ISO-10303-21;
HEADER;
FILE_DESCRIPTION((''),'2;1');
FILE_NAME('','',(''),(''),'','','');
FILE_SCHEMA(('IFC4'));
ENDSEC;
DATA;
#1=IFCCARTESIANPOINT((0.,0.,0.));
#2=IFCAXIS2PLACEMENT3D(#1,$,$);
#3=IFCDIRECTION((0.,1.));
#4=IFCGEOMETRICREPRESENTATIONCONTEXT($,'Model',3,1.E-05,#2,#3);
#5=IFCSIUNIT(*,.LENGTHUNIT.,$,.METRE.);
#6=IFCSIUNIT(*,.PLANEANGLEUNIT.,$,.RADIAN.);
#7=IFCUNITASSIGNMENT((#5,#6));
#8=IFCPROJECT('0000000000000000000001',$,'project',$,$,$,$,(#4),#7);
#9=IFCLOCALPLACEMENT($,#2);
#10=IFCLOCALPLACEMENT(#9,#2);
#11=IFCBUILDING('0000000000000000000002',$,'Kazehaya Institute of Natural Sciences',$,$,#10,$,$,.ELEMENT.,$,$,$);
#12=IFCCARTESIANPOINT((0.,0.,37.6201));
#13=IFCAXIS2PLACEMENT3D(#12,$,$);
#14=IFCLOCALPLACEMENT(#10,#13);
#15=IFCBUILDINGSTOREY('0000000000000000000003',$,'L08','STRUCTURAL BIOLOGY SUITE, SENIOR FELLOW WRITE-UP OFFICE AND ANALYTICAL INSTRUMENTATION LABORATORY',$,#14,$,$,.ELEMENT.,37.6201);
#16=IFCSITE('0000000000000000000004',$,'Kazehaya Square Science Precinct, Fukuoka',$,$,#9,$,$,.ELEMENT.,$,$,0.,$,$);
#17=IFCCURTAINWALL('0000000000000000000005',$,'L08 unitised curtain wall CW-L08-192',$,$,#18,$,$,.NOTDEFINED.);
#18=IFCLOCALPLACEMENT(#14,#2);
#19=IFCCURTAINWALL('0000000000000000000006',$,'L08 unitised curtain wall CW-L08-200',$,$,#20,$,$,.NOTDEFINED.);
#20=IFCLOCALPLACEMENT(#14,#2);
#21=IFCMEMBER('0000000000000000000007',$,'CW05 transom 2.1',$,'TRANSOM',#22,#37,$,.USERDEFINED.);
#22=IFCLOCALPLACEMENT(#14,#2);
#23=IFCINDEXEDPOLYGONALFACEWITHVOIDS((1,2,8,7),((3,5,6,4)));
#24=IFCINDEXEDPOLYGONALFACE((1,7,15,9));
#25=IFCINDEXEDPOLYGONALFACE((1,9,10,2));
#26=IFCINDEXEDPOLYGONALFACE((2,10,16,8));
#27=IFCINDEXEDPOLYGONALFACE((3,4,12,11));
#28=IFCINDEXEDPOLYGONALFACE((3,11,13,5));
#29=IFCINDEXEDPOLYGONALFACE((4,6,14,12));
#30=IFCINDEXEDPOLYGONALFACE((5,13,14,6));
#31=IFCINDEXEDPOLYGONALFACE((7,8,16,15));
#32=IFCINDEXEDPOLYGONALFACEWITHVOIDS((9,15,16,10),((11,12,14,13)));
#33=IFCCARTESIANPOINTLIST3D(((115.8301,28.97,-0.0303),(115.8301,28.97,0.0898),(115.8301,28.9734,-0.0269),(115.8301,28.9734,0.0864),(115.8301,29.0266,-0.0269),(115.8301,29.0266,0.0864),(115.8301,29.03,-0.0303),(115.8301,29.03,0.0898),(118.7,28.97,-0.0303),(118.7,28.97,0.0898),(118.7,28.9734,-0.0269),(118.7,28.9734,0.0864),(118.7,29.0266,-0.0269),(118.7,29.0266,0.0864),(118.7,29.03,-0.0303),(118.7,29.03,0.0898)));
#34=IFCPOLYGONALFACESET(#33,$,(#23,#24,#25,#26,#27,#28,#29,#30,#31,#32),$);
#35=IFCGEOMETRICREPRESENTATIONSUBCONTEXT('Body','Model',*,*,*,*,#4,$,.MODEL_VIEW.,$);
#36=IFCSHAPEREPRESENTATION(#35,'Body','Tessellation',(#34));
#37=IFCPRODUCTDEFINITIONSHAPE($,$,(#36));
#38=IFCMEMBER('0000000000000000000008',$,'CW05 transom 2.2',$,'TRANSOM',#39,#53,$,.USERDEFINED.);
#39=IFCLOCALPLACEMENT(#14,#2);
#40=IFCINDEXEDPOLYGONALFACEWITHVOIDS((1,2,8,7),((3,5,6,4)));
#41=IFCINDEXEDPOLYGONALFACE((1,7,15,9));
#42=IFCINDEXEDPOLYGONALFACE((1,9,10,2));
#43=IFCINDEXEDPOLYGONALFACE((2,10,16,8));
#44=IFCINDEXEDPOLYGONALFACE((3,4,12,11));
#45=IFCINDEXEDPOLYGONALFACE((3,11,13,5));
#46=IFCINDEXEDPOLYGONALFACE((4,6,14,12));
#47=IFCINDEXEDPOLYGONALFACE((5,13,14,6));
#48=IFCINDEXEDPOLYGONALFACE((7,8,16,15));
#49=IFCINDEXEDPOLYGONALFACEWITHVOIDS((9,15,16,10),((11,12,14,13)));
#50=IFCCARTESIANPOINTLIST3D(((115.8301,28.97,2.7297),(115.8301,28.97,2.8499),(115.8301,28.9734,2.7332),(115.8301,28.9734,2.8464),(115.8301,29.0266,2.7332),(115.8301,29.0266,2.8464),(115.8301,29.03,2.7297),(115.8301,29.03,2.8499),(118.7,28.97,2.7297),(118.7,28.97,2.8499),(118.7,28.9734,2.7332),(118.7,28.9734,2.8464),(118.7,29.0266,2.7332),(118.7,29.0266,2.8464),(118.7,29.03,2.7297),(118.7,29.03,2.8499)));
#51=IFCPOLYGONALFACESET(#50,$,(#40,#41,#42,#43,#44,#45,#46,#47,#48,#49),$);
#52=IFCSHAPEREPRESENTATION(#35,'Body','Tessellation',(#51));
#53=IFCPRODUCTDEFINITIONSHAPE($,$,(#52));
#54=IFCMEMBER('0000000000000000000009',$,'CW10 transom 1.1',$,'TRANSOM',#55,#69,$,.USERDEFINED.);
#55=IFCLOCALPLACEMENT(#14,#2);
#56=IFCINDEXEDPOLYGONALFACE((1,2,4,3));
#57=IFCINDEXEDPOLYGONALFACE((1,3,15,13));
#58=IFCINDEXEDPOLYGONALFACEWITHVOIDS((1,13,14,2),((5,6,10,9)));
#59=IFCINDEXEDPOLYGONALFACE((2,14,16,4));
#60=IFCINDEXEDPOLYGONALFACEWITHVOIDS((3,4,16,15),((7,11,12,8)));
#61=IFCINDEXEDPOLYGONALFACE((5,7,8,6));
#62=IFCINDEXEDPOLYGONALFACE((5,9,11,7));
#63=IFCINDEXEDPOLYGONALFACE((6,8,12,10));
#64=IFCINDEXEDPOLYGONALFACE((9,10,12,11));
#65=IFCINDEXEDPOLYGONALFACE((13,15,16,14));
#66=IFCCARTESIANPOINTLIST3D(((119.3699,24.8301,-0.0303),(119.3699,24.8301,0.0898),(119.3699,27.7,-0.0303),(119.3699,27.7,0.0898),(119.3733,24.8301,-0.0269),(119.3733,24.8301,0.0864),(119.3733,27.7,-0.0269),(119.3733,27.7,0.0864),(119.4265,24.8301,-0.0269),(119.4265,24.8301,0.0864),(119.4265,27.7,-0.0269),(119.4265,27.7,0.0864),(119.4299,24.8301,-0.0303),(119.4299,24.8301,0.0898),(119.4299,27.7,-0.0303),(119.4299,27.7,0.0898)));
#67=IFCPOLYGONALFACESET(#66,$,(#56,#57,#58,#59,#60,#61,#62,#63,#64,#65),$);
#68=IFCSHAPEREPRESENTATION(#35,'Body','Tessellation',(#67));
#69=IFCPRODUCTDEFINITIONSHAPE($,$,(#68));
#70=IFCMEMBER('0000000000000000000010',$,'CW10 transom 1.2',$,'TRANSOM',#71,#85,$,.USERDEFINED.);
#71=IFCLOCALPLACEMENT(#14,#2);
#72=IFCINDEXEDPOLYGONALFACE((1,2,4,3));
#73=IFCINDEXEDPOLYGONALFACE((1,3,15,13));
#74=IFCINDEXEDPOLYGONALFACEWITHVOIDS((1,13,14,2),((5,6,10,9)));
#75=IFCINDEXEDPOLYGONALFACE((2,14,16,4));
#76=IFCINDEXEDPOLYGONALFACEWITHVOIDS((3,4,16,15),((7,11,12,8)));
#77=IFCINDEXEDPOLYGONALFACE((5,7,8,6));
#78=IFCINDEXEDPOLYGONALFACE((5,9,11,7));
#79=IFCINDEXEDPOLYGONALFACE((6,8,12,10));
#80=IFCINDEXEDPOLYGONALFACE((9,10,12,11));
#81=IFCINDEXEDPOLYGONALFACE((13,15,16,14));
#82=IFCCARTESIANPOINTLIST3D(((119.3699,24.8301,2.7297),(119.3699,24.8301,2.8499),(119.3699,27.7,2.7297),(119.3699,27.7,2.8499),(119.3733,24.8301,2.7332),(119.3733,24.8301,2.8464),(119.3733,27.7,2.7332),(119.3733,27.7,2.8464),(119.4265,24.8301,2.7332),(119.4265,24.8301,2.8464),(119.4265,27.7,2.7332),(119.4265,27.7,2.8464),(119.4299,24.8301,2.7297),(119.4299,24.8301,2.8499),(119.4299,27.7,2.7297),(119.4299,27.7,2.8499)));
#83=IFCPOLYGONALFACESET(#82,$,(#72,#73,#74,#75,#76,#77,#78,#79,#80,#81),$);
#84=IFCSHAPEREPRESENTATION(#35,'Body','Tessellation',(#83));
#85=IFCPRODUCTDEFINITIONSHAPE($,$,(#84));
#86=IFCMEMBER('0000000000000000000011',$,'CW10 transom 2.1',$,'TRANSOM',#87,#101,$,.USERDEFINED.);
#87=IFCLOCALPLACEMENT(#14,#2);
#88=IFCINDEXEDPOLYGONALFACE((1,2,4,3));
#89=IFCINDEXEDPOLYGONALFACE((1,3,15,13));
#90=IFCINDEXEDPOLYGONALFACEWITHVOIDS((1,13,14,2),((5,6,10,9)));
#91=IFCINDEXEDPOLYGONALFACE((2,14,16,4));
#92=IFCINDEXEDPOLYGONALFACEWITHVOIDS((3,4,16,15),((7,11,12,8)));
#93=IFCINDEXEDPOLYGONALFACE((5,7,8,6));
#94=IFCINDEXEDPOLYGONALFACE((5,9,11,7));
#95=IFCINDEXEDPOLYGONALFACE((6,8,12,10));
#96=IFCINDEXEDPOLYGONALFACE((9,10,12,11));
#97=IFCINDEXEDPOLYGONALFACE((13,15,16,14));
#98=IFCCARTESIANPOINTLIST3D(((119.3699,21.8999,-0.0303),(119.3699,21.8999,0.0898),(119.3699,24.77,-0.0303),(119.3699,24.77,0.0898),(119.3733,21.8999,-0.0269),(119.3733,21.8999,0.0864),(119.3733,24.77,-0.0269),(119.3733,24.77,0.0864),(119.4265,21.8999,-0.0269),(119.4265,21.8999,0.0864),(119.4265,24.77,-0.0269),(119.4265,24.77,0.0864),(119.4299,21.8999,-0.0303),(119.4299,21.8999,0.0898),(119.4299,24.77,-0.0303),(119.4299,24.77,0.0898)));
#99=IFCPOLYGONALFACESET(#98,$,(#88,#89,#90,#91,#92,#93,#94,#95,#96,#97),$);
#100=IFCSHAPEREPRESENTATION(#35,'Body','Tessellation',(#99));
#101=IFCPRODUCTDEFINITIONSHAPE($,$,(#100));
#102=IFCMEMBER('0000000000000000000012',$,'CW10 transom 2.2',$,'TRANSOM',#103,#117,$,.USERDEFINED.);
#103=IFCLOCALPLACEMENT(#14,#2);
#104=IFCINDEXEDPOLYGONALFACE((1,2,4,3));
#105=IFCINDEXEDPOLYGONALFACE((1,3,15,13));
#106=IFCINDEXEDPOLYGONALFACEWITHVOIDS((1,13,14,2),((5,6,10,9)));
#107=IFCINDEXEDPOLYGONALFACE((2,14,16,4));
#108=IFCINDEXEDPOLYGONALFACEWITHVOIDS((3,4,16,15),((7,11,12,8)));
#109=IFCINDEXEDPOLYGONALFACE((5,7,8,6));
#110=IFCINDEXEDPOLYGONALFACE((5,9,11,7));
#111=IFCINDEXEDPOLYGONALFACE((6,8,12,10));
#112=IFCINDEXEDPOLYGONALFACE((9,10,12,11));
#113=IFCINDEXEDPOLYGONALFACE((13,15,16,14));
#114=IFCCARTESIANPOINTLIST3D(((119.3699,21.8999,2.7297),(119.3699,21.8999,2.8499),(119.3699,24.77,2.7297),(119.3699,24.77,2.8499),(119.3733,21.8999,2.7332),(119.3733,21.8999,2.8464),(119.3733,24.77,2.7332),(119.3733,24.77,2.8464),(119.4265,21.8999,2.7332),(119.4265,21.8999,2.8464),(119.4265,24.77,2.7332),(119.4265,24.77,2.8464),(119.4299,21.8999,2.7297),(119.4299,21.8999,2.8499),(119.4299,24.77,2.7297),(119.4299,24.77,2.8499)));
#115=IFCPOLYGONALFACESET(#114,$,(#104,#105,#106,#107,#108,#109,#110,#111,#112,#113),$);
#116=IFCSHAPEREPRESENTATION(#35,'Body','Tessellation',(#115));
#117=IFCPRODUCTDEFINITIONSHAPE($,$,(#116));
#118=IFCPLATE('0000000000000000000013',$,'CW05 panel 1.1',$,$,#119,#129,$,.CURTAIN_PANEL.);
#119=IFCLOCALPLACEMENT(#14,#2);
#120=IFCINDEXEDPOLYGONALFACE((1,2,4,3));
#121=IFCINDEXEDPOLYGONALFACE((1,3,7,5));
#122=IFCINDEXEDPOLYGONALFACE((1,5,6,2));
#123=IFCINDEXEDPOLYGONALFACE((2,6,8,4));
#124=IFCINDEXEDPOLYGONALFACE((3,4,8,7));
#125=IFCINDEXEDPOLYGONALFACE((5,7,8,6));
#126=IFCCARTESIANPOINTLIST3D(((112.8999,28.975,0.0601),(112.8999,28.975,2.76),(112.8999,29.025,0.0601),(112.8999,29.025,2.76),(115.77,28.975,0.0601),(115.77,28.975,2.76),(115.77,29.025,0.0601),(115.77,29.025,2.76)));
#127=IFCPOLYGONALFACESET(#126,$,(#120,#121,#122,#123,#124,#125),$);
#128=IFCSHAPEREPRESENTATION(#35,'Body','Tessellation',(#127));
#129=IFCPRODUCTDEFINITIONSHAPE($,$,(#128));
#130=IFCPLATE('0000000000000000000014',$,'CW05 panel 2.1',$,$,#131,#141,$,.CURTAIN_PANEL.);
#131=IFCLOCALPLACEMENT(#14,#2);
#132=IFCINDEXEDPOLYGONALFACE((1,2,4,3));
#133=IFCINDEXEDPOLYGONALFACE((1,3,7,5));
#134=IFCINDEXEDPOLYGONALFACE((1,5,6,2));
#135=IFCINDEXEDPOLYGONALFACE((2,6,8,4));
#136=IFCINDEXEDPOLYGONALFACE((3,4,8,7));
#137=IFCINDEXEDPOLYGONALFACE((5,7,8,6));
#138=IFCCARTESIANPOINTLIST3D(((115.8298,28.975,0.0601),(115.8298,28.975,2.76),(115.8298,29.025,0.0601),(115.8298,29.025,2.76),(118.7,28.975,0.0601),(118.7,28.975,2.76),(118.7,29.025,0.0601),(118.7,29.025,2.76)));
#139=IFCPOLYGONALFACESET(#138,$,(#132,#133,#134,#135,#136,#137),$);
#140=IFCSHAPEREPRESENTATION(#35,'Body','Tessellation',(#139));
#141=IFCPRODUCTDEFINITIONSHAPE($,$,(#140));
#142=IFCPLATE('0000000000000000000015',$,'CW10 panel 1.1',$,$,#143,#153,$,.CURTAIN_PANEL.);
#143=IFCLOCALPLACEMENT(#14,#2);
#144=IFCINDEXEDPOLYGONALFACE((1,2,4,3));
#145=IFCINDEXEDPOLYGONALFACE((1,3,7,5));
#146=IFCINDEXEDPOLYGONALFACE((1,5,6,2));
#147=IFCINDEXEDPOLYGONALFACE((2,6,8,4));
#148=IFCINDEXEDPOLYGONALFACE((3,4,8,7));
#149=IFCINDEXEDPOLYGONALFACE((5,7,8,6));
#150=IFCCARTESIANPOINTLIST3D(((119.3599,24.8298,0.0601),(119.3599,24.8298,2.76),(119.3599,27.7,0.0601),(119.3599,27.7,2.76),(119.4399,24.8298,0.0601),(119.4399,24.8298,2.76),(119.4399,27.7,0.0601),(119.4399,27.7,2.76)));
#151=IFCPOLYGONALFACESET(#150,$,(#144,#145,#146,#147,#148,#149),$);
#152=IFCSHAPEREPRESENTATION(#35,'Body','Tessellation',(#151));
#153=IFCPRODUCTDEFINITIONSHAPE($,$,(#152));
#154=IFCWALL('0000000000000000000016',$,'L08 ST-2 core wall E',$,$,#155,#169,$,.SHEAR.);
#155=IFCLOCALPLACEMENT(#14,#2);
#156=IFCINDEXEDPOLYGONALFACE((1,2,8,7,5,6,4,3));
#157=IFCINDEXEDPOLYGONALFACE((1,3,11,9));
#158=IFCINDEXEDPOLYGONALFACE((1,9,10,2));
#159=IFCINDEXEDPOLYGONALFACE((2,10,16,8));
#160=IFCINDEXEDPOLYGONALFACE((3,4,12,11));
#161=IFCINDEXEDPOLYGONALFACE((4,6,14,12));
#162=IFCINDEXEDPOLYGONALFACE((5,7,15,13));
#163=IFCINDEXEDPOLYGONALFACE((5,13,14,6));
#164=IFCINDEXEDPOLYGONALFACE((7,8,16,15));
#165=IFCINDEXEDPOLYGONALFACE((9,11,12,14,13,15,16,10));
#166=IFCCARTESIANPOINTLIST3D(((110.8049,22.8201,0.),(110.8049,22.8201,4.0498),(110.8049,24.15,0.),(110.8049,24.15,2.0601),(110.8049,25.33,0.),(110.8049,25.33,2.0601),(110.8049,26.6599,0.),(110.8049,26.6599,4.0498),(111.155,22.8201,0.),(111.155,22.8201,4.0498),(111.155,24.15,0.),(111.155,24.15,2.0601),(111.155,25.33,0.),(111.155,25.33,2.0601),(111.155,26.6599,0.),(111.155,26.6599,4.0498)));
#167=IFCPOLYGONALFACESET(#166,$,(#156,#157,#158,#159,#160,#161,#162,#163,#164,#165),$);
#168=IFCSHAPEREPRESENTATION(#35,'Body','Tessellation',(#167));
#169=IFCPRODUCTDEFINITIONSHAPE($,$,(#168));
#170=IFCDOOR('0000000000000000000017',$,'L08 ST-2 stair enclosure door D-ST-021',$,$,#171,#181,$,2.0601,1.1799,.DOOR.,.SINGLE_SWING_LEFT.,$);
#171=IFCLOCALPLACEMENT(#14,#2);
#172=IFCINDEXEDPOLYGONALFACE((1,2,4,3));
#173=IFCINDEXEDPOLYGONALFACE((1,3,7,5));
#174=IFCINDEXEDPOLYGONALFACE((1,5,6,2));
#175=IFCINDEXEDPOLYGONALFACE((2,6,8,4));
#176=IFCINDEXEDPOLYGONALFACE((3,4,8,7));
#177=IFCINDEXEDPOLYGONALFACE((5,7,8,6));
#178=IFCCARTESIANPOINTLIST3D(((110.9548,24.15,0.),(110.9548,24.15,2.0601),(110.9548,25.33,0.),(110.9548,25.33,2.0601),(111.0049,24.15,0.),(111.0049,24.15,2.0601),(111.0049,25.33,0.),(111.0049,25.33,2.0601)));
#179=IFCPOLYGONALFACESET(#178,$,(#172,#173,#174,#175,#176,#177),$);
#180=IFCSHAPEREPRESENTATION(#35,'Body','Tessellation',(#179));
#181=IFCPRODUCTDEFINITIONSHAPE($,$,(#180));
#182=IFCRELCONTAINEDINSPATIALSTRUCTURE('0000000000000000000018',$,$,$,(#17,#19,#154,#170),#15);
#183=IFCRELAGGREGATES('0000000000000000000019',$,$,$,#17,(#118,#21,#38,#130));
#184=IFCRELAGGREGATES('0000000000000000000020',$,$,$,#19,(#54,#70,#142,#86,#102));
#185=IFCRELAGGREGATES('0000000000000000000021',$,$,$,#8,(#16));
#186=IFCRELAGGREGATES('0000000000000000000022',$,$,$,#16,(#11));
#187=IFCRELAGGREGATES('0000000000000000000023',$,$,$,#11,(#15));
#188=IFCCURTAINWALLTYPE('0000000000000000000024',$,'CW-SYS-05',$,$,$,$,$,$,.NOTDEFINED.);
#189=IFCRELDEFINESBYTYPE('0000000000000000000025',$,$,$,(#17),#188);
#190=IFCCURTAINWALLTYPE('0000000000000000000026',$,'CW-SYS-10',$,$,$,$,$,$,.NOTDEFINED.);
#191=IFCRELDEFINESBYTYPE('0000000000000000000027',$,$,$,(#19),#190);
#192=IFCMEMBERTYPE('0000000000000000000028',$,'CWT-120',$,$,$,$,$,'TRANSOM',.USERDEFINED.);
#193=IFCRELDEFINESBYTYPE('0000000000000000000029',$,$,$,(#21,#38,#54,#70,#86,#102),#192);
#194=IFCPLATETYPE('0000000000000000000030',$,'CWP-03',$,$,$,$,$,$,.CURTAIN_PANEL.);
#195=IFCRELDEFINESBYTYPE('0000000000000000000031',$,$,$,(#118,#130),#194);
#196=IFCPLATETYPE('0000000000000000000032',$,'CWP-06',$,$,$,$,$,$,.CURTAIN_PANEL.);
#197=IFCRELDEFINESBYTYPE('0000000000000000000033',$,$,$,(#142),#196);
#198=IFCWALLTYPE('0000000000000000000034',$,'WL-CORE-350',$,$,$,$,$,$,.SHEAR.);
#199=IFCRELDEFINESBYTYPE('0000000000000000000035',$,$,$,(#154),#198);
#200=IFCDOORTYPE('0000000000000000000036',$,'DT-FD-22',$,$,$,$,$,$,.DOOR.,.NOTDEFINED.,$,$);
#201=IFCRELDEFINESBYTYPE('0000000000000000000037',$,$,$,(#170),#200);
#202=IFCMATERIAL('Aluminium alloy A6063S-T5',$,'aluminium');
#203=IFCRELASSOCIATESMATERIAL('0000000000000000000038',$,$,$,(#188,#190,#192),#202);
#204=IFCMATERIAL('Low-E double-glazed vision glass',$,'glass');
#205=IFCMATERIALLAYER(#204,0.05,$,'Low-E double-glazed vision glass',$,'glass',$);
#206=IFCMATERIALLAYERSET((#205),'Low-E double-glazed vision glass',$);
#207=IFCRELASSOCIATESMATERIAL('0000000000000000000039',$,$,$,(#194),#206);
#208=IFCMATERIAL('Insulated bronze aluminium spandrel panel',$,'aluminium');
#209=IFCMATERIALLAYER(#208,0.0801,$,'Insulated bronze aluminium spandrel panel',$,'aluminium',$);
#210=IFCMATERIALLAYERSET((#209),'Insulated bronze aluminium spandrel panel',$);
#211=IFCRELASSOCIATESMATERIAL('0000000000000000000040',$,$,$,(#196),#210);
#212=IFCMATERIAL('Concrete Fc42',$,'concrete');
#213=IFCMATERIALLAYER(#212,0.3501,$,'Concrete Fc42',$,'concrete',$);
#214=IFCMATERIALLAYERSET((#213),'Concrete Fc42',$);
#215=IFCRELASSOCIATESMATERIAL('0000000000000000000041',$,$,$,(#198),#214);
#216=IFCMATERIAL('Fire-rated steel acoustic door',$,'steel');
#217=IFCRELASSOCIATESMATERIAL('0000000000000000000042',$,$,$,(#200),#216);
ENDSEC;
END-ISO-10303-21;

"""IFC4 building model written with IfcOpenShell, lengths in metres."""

from ifc_helpers import new_model, si_unit, direction, frame, frame_2d, origin, origin_2d, place, context, subcontext, project, spatial, rectangle, hollow_rectangle, extrude, material, layer, layer_set, material_profile, profile_set, type_object, element, fill, aggregate, save


model = new_model("IFC4")

# Units and contexts
model_context = context("Model", 3, precision=1e-05, world=origin(), true_north=direction((0.0, 1.0)))
body_context = subcontext(model_context, "Body", "Model", "MODEL_VIEW")
ifc_project = project(units=[si_unit("LENGTHUNIT", "METRE"), si_unit("PLANEANGLEUNIT", "RADIAN")], contexts=[model_context])

# Site, building, storey
site_placement = place(None, origin())
site = spatial("IfcSite", under=ifc_project, at=site_placement, Name="Kazehaya Square Science Precinct, Fukuoka", CompositionType="ELEMENT", RefElevation=0.0)
building_placement = place(site_placement, origin())
building = spatial("IfcBuilding", under=site, at=building_placement, Name="Kazehaya Institute of Natural Sciences", CompositionType="ELEMENT")
storey_placement = place(building_placement, frame((0.0, 0.0, 37.6201)))
storey = spatial("IfcBuildingStorey", under=building, at=storey_placement, Name="L08", Description="STRUCTURAL BIOLOGY SUITE, SENIOR FELLOW WRITE-UP OFFICE AND ANALYTICAL INSTRUMENTATION LABORATORY", CompositionType="ELEMENT", Elevation=37.6201)

# Curtain walls
ifc_material_1 = material(Name="Aluminium alloy A6063S-T5", Category="aluminium")
curtain_wall_type_1 = type_object("IfcCurtainWallType", Name="CW-SYS-05", PredefinedType="NOTDEFINED", material=ifc_material_1)
curtain_wall_1_placement = place(storey_placement, origin())
curtain_wall_1 = element("IfcCurtainWall", 1, at=curtain_wall_1_placement, inside=storey, type_object=curtain_wall_type_1, Name="L08 unitised curtain wall CW-L08-192", PredefinedType="NOTDEFINED")
curtain_wall_type_2 = type_object("IfcCurtainWallType", Name="CW-SYS-10", PredefinedType="NOTDEFINED", material=ifc_material_1)
curtain_wall_2_placement = place(storey_placement, origin())
curtain_wall_2 = element("IfcCurtainWall", 2, at=curtain_wall_2_placement, inside=storey, type_object=curtain_wall_type_2, Name="L08 unitised curtain wall CW-L08-200", PredefinedType="NOTDEFINED")

# Members
ifc_material_profile_1 = material_profile(ifc_material_1, hollow_rectangle(XDim=0.0601, YDim=0.1201, WallThickness=0.0034, at=origin_2d()), Name="ALU-60x120x3.5")
ifc_profile_set_1 = profile_set([ifc_material_profile_1], Name="Aluminium alloy A6063S-T5")
member_type_1 = type_object("IfcMemberType", Name="CWT-120", ElementType="TRANSOM", PredefinedType="USERDEFINED", material=ifc_profile_set_1)
member_1_placement = place(storey_placement, frame((115.8301, 29.0, 0.0298), z_axis=(1.0, 0.0, 0.0), x_axis=(0.0, 1.0, 0.0)))
member_1 = element("IfcMember", 3, at=member_1_placement, type_object=member_type_1, Name="CW05 transom 2.1", ObjectType="TRANSOM", PredefinedType="USERDEFINED", context=body_context, shape_type="SweptSolid", body=[
    extrude(hollow_rectangle(XDim=0.0601, YDim=0.1201, WallThickness=0.0034, at=origin_2d()), origin(), (0.0, 0.0, 1.0), 2.8699),
])
member_2_placement = place(storey_placement, frame((115.8301, 29.0, 2.7898), z_axis=(1.0, 0.0, 0.0), x_axis=(0.0, 1.0, 0.0)))
member_2 = element("IfcMember", 4, at=member_2_placement, type_object=member_type_1, Name="CW05 transom 2.2", ObjectType="TRANSOM", PredefinedType="USERDEFINED", context=body_context, shape_type="SweptSolid", body=[
    extrude(hollow_rectangle(XDim=0.0601, YDim=0.1201, WallThickness=0.0034, at=origin_2d()), origin(), (0.0, 0.0, 1.0), 2.8699),
])
member_3_placement = place(storey_placement, frame((119.3999, 27.7, 0.0298), z_axis=(0.0, -1.0, 0.0), x_axis=(1.0, 0.0, 0.0)))
member_3 = element("IfcMember", 5, at=member_3_placement, type_object=member_type_1, Name="CW10 transom 1.1", ObjectType="TRANSOM", PredefinedType="USERDEFINED", context=body_context, shape_type="SweptSolid", body=[
    extrude(hollow_rectangle(XDim=0.0601, YDim=0.1201, WallThickness=0.0034, at=origin_2d()), origin(), (0.0, 0.0, 1.0), 2.8699),
])
member_4_placement = place(storey_placement, frame((119.3999, 27.7, 2.7898), z_axis=(0.0, -1.0, 0.0), x_axis=(1.0, 0.0, 0.0)))
member_4 = element("IfcMember", 6, at=member_4_placement, type_object=member_type_1, Name="CW10 transom 1.2", ObjectType="TRANSOM", PredefinedType="USERDEFINED", context=body_context, shape_type="SweptSolid", body=[
    extrude(hollow_rectangle(XDim=0.0601, YDim=0.1201, WallThickness=0.0034, at=origin_2d()), origin(), (0.0, 0.0, 1.0), 2.8699),
])
member_5_placement = place(storey_placement, frame((119.3999, 24.77, 0.0298), z_axis=(0.0, -1.0, 0.0), x_axis=(1.0, 0.0, 0.0)))
member_5 = element("IfcMember", 7, at=member_5_placement, type_object=member_type_1, Name="CW10 transom 2.1", ObjectType="TRANSOM", PredefinedType="USERDEFINED", context=body_context, shape_type="SweptSolid", body=[
    extrude(hollow_rectangle(XDim=0.0601, YDim=0.1201, WallThickness=0.0034, at=origin_2d()), origin(), (0.0, 0.0, 1.0), 2.8701),
])
member_6_placement = place(storey_placement, frame((119.3999, 24.77, 2.7898), z_axis=(0.0, -1.0, 0.0), x_axis=(1.0, 0.0, 0.0)))
member_6 = element("IfcMember", 8, at=member_6_placement, type_object=member_type_1, Name="CW10 transom 2.2", ObjectType="TRANSOM", PredefinedType="USERDEFINED", context=body_context, shape_type="SweptSolid", body=[
    extrude(hollow_rectangle(XDim=0.0601, YDim=0.1201, WallThickness=0.0034, at=origin_2d()), origin(), (0.0, 0.0, 1.0), 2.8701),
])

# Plates
ifc_material_2 = material(Name="Low-E double-glazed vision glass", Category="glass")
ifc_layer_1 = layer(ifc_material_2, 0.05, Name="Low-E double-glazed vision glass", Category="glass")
ifc_layer_set_1 = layer_set([ifc_layer_1], Name="Low-E double-glazed vision glass")
plate_type_1 = type_object("IfcPlateType", Name="CWP-03", PredefinedType="CURTAIN_PANEL", material=ifc_layer_set_1)
plate_1_placement = place(storey_placement, frame((114.335, 29.0, 0.0601), z_axis=(0.0, 0.0, 1.0), x_axis=(1.0, 0.0, 0.0)))
plate_1 = element("IfcPlate", 9, at=plate_1_placement, type_object=plate_type_1, Name="CW05 panel 1.1", PredefinedType="CURTAIN_PANEL", context=body_context, shape_type="SweptSolid", body=[
    extrude(rectangle(XDim=2.8701, YDim=0.05, at=origin_2d()), origin(), (0.0, 0.0, 1.0), 2.7),
])
plate_2_placement = place(storey_placement, frame((117.2649, 29.0, 0.0601), z_axis=(0.0, 0.0, 1.0), x_axis=(1.0, 0.0, 0.0)))
plate_2 = element("IfcPlate", 10, at=plate_2_placement, type_object=plate_type_1, Name="CW05 panel 2.1", PredefinedType="CURTAIN_PANEL", context=body_context, shape_type="SweptSolid", body=[
    extrude(rectangle(XDim=2.8701, YDim=0.05, at=origin_2d()), origin(), (0.0, 0.0, 1.0), 2.7),
])
aggregate(curtain_wall_1, [plate_1, member_1, member_2, plate_2])
ifc_material_3 = material(Name="Insulated bronze aluminium spandrel panel", Category="aluminium")
ifc_layer_2 = layer(ifc_material_3, 0.0801, Name="Insulated bronze aluminium spandrel panel", Category="aluminium")
ifc_layer_set_2 = layer_set([ifc_layer_2], Name="Insulated bronze aluminium spandrel panel")
plate_type_2 = type_object("IfcPlateType", Name="CWP-06", PredefinedType="CURTAIN_PANEL", material=ifc_layer_set_2)
plate_3_placement = place(storey_placement, frame((119.3999, 26.2649, 0.0601), z_axis=(0.0, 0.0, 1.0), x_axis=(0.0, -1.0, 0.0)))
plate_3 = element("IfcPlate", 11, at=plate_3_placement, type_object=plate_type_2, Name="CW10 panel 1.1", PredefinedType="CURTAIN_PANEL", context=body_context, shape_type="SweptSolid", body=[
    extrude(rectangle(XDim=2.8701, YDim=0.0801, at=origin_2d()), origin(), (0.0, 0.0, 1.0), 2.7),
])
aggregate(curtain_wall_2, [member_3, member_4, plate_3, member_5, member_6])

# Wall, opening, door
ifc_material_4 = material(Name="Concrete Fc42", Category="concrete")
ifc_layer_3 = layer(ifc_material_4, 0.3501, Name="Concrete Fc42", Category="concrete")
ifc_layer_set_3 = layer_set([ifc_layer_3], Name="Concrete Fc42")
wall_type_1 = type_object("IfcWallType", Name="WL-CORE-350", PredefinedType="SHEAR", material=ifc_layer_set_3)
wall_1_placement = place(storey_placement, frame((110.98, 26.6599, 0.0), z_axis=(0.0, 0.0, 1.0), x_axis=(0.0, -1.0, 0.0)))
wall_1 = element("IfcWall", 12, at=wall_1_placement, inside=storey, type_object=wall_type_1, Name="L08 ST-2 core wall E", PredefinedType="SHEAR", context=body_context, shape_type="SweptSolid", body=[
    extrude(rectangle(XDim=3.8398, YDim=0.3501, at=frame_2d((1.9199, 0.0))), origin(), (0.0, 0.0, 1.0), 4.0498),
])
opening_1_placement = place(wall_1_placement, frame((1.3301, 0.0, 0.0)))
opening_1 = element("IfcOpeningElement", 13, at=opening_1_placement, cuts=wall_1, PredefinedType="OPENING", context=body_context, shape_type="SweptSolid", body=[
    extrude(rectangle(XDim=1.1799, YDim=2.0601, at=frame_2d((0.5898, 1.03))), frame((0.0, 0.1851, 0.0), z_axis=(0.0, -1.0, 0.0), x_axis=(1.0, 0.0, 0.0)), (0.0, 0.0, 1.0), 0.3701),
])
ifc_material_5 = material(Name="Fire-rated steel acoustic door", Category="steel")
door_type_1 = type_object("IfcDoorType", Name="DT-FD-22", OperationType="NOTDEFINED", PredefinedType="DOOR", material=ifc_material_5)
door_1_placement = place(opening_1_placement, origin())
door_1 = element("IfcDoor", 14, at=door_1_placement, inside=storey, type_object=door_type_1, Name="L08 ST-2 stair enclosure door D-ST-021", OperationType="SINGLE_SWING_LEFT", OverallHeight=2.0601, OverallWidth=1.1799, PredefinedType="DOOR", context=body_context, shape_type="SweptSolid", body=[
    extrude(rectangle(XDim=1.1799, YDim=2.0601, at=frame_2d((0.5898, 1.03))), frame((0.0, 0.0249, 0.0), z_axis=(0.0, -1.0, 0.0), x_axis=(1.0, 0.0, 0.0)), (0.0, 0.0, 1.0), 0.05),
])
fill(opening_1, door_1)

save(model, "model.ifc")
